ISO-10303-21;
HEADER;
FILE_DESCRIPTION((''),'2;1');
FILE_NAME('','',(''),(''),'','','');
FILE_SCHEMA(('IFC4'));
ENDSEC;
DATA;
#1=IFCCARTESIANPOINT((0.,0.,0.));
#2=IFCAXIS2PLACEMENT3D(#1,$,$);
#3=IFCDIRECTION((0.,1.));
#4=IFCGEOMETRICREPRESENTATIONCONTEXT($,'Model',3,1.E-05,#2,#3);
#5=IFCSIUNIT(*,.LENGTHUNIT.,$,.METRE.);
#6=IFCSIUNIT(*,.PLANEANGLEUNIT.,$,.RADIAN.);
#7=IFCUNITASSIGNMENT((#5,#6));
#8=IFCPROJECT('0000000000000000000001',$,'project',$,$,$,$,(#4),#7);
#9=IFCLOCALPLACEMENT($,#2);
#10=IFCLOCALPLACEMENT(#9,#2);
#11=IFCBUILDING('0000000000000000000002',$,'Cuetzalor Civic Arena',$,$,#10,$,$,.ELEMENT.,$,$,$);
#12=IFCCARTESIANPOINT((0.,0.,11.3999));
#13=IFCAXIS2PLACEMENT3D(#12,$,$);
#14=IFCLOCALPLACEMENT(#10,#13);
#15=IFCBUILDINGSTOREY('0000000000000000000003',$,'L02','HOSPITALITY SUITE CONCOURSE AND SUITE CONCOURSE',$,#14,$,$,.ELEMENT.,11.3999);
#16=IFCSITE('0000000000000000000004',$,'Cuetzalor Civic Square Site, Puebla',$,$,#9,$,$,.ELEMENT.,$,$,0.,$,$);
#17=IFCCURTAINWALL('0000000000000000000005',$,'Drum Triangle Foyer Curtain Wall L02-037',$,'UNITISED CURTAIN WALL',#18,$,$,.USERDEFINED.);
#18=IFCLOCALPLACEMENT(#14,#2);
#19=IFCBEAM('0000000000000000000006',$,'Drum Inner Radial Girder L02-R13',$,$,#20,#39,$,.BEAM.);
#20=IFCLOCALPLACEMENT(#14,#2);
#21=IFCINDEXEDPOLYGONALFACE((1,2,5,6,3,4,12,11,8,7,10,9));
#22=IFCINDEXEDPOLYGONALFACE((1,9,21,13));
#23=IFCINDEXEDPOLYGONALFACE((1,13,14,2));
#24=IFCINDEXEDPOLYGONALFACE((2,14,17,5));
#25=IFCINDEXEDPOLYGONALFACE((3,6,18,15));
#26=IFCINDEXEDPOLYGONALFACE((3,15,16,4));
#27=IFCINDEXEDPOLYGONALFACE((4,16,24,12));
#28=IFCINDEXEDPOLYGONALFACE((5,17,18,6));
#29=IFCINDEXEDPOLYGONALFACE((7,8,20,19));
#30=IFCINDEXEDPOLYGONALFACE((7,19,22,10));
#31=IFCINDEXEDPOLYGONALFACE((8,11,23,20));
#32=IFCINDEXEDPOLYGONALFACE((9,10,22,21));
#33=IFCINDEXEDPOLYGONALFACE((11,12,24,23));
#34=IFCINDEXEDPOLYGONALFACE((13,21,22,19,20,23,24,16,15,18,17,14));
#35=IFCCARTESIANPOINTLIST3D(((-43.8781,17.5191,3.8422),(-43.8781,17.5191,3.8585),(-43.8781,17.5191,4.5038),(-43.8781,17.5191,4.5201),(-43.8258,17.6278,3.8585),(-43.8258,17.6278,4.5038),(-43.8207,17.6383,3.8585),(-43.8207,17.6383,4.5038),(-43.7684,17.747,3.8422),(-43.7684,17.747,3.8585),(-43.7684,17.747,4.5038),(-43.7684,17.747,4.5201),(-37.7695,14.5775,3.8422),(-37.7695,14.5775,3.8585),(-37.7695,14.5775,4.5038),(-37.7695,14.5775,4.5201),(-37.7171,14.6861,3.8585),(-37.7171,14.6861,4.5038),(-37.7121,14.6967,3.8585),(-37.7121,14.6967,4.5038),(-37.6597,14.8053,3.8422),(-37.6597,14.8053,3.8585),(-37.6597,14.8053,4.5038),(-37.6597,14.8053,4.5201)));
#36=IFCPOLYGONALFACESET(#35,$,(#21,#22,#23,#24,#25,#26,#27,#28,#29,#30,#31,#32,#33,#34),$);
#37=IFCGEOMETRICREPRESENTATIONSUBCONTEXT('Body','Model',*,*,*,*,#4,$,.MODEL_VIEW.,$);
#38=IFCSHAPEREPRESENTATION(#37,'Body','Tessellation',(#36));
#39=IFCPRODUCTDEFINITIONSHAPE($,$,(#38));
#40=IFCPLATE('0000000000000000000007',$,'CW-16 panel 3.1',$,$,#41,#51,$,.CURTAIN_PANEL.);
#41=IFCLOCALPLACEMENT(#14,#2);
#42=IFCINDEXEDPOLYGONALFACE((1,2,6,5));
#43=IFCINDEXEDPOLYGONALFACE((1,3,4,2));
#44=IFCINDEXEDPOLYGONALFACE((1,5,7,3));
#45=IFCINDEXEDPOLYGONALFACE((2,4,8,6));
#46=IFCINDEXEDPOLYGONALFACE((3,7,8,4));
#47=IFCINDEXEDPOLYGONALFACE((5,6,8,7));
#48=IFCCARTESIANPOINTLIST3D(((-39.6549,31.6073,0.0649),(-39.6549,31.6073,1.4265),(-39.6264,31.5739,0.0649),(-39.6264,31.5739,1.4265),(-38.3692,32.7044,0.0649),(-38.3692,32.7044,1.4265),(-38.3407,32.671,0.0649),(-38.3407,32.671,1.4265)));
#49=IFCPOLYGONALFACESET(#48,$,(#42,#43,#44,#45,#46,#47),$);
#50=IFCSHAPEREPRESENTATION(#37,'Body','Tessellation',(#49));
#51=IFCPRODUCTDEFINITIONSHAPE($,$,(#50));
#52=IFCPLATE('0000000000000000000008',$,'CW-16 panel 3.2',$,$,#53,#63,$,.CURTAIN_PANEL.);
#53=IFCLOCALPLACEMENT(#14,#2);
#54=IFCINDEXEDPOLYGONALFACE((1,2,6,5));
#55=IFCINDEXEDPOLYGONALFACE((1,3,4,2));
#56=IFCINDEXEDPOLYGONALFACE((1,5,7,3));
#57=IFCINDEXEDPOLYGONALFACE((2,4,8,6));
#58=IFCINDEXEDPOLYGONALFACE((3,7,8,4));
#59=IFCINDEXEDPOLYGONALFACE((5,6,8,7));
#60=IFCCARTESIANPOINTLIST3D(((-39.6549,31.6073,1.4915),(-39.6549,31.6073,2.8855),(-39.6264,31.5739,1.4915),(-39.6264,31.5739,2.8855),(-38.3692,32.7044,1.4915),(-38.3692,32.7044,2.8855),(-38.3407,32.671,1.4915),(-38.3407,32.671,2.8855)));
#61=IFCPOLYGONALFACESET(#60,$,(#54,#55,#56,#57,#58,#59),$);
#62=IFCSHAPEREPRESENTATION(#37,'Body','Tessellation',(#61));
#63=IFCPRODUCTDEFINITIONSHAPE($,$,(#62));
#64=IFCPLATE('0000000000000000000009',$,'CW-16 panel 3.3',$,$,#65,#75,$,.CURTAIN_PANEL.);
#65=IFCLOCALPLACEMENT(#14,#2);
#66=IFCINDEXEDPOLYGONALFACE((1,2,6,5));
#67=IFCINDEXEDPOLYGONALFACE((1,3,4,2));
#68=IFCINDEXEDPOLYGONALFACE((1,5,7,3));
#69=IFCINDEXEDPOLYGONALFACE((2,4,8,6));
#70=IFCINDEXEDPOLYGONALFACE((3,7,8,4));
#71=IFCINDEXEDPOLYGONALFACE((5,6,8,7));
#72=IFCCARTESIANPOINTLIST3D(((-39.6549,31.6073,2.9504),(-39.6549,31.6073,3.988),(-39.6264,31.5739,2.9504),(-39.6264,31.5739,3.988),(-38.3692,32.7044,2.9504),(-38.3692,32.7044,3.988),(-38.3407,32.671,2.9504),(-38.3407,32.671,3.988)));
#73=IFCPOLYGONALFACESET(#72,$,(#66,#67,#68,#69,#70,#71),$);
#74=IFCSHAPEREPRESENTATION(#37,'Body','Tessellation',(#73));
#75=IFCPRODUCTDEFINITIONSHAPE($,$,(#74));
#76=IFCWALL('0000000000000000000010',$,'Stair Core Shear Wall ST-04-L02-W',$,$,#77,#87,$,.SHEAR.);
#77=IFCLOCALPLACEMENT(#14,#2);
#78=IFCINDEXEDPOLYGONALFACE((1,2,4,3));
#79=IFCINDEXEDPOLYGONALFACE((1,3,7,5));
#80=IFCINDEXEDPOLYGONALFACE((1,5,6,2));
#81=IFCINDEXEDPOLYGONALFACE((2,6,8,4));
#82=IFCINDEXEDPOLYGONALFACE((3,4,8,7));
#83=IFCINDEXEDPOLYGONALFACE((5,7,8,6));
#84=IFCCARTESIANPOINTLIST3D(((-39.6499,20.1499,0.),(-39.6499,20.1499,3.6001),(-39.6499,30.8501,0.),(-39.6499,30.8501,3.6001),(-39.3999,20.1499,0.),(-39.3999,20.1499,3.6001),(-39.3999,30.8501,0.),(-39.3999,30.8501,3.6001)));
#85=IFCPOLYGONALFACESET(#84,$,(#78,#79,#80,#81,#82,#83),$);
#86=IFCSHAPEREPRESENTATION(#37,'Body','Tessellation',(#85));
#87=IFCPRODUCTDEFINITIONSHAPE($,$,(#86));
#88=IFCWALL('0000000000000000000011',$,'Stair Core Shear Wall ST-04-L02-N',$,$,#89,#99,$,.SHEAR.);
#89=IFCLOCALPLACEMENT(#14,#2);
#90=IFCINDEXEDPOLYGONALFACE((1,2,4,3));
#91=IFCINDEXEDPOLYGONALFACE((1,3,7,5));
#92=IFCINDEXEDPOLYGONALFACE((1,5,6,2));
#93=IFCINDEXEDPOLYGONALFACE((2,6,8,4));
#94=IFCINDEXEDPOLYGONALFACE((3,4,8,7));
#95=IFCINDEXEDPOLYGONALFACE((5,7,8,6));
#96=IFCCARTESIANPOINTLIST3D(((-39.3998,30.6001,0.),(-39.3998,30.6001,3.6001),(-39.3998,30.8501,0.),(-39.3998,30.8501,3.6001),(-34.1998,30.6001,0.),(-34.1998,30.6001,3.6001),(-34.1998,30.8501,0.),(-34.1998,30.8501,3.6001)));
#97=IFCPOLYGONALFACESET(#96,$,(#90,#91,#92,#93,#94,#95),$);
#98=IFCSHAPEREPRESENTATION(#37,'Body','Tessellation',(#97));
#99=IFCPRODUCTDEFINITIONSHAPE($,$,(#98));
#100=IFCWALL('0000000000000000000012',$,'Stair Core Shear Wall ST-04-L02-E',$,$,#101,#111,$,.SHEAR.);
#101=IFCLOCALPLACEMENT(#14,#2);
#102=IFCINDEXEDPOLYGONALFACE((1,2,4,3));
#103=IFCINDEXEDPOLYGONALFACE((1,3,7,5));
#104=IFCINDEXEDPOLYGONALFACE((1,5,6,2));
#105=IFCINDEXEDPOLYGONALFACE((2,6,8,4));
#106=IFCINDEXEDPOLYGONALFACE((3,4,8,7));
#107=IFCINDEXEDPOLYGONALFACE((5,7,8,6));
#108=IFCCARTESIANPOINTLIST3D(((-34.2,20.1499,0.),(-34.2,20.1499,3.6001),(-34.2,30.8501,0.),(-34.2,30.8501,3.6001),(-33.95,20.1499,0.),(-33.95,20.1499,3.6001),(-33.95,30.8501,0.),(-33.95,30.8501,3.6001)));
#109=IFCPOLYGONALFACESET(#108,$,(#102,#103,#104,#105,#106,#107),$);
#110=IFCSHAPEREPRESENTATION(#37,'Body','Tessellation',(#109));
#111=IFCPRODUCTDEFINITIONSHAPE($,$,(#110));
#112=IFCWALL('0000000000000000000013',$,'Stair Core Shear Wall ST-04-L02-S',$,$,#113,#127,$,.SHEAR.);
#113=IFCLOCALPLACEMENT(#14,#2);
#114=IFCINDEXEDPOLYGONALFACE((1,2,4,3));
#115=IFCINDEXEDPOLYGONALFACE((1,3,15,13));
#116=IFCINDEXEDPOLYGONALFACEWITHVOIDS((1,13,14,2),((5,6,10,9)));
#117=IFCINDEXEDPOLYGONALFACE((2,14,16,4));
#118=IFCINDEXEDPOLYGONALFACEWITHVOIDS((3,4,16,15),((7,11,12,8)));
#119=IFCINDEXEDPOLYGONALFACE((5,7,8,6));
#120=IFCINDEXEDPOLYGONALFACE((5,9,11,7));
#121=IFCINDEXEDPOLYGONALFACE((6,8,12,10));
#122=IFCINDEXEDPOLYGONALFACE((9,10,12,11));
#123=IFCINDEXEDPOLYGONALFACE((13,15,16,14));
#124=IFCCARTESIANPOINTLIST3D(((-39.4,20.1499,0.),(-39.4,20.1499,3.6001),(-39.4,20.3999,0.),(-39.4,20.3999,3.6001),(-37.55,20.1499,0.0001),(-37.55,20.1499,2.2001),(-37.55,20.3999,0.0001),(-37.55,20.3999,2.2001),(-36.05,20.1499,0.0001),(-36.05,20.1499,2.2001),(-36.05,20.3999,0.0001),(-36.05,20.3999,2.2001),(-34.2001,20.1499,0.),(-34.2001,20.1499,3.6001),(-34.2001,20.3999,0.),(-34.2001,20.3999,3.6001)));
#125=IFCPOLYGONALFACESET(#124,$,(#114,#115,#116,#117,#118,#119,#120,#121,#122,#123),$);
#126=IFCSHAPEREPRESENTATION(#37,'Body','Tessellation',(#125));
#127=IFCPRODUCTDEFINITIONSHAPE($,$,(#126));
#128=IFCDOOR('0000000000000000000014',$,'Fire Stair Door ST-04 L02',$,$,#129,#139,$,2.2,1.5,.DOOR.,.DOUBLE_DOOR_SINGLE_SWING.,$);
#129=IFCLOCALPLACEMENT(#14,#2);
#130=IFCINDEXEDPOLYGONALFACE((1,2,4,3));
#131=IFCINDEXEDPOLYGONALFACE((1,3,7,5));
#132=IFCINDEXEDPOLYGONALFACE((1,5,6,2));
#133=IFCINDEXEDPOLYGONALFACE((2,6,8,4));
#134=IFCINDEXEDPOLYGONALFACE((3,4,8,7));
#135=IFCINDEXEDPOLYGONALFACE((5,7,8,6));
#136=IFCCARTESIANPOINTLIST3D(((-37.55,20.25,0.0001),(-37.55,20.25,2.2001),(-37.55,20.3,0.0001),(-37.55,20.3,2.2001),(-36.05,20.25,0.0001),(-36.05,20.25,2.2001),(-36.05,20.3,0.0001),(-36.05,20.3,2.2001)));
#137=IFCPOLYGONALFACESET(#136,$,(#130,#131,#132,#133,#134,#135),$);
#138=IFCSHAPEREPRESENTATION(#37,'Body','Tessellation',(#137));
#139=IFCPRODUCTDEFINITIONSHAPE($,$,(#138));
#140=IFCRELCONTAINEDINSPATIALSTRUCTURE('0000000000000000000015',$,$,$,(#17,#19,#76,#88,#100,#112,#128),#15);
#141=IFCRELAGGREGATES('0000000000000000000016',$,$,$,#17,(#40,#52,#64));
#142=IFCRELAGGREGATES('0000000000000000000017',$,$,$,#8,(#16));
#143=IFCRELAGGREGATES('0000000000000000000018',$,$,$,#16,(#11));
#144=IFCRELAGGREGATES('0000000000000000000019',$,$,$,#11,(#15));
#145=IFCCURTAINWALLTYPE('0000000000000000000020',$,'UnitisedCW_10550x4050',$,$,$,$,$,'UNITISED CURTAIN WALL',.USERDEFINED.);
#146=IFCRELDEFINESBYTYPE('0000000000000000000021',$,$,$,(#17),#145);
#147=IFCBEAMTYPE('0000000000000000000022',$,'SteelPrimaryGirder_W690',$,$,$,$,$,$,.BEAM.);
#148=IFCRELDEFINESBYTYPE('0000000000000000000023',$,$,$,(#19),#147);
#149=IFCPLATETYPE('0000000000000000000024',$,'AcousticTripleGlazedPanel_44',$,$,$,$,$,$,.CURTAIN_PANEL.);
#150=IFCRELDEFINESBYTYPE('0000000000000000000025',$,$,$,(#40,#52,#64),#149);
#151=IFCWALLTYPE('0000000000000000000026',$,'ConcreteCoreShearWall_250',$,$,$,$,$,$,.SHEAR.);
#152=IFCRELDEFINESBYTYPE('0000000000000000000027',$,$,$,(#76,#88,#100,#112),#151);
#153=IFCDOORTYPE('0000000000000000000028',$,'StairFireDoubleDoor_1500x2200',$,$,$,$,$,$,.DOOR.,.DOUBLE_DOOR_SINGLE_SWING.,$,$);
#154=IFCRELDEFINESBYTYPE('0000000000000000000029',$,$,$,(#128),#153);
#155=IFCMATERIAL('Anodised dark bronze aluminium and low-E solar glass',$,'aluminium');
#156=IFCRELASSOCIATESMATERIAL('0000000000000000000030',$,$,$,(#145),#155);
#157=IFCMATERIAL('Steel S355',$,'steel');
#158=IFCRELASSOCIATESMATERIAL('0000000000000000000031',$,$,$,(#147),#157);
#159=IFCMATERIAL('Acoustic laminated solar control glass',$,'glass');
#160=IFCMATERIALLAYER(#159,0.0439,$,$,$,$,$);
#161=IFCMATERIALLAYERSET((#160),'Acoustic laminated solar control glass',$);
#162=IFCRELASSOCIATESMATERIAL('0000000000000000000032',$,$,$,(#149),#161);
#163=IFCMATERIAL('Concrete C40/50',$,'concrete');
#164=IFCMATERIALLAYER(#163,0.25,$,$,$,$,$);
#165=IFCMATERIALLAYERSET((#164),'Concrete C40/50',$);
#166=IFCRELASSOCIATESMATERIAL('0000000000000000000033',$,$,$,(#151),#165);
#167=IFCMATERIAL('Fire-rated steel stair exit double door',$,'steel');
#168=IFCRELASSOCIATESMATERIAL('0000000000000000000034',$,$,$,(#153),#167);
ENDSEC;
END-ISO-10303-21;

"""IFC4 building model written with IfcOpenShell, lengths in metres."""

from ifc_helpers import new_model, si_unit, direction, frame, frame_2d, origin, origin_2d, place, context, subcontext, project, spatial, rectangle, i_section, extrude, material, layer, layer_set, material_profile, profile_set, type_object, element, fill, aggregate, save


model = new_model("IFC4")

# Units and contexts
model_context = context("Model", 3, precision=1e-05, world=origin(), true_north=direction((0.0, 1.0)))
body_context = subcontext(model_context, "Body", "Model", "MODEL_VIEW")
ifc_project = project(units=[si_unit("LENGTHUNIT", "METRE"), si_unit("PLANEANGLEUNIT", "RADIAN")], contexts=[model_context])

# Site, building, storey
site_placement = place(None, origin())
site = spatial("IfcSite", under=ifc_project, at=site_placement, Name="Cuetzalor Civic Square Site, Puebla", CompositionType="ELEMENT", RefElevation=0.0)
building_placement = place(site_placement, origin())
building = spatial("IfcBuilding", under=site, at=building_placement, Name="Cuetzalor Civic Arena", CompositionType="ELEMENT")
storey_placement = place(building_placement, frame((0.0, 0.0, 11.3999)))
storey = spatial("IfcBuildingStorey", under=building, at=storey_placement, Name="L02", Description="HOSPITALITY SUITE CONCOURSE AND SUITE CONCOURSE", CompositionType="ELEMENT", Elevation=11.3999)

# Curtain wall
ifc_material_1 = material(Name="Anodised dark bronze aluminium and low-E solar glass", Category="aluminium")
curtain_wall_type = type_object("IfcCurtainWallType", Name="UnitisedCW_10550x4050", ElementType="UNITISED CURTAIN WALL", PredefinedType="USERDEFINED", material=ifc_material_1)
curtain_wall_placement = place(storey_placement, origin())
curtain_wall = element("IfcCurtainWall", 1, at=curtain_wall_placement, inside=storey, type_object=curtain_wall_type, Name="Drum Triangle Foyer Curtain Wall L02-037", ObjectType="UNITISED CURTAIN WALL", PredefinedType="USERDEFINED")

# Beam
ifc_material_2 = material(Name="Steel S355", Category="steel")
ifc_material_profile_1 = material_profile(ifc_material_2, i_section(OverallWidth=0.2529, OverallDepth=0.678, WebThickness=0.0117, FlangeThickness=0.0164, at=origin_2d()), Name="W690x125")
ifc_profile_set_1 = profile_set([ifc_material_profile_1], Name="Steel S355")
beam_type_1 = type_object("IfcBeamType", Name="SteelPrimaryGirder_W690", PredefinedType="BEAM", material=ifc_profile_set_1)
beam_1_placement = place(storey_placement, frame((-37.7146, 14.6914, 4.1812), z_axis=(-0.900976, 0.43387, 0.0), x_axis=(-0.43387, -0.900976, 0.0)))
element("IfcBeam", 2, at=beam_1_placement, inside=storey, type_object=beam_type_1, Name="Drum Inner Radial Girder L02-R13", PredefinedType="BEAM", context=body_context, shape_type="SweptSolid", body=[
    extrude(i_section(OverallWidth=0.2529, OverallDepth=0.678, WebThickness=0.0117, FlangeThickness=0.0164, at=origin_2d()), origin(), (0.0, 0.0, 1.0), 6.78),
])

# Plates
ifc_material_3 = material(Name="Acoustic laminated solar control glass", Category="glass")
ifc_layer_1 = layer(ifc_material_3, 0.0439)
ifc_layer_set_1 = layer_set([ifc_layer_1], Name="Acoustic laminated solar control glass")
plate_type = type_object("IfcPlateType", Name="AcousticTripleGlazedPanel_44", PredefinedType="CURTAIN_PANEL", material=ifc_layer_set_1)
plate_1_placement = place(storey_placement, frame((-38.9978, 32.1392, 0.0649), z_axis=(0.0, 0.0, 1.0), x_axis=(0.760677, 0.64913, 0.0)))
plate_1 = element("IfcPlate", 3, at=plate_1_placement, type_object=plate_type, Name="CW-16 panel 3.1", PredefinedType="CURTAIN_PANEL", context=body_context, shape_type="SweptSolid", body=[
    extrude(rectangle(XDim=1.6902, YDim=0.0439, at=origin_2d()), origin(), (0.0, 0.0, 1.0), 1.3616),
])
plate_2_placement = place(storey_placement, frame((-38.9978, 32.1392, 1.4915), z_axis=(0.0, 0.0, 1.0), x_axis=(0.760677, 0.64913, 0.0)))
plate_2 = element("IfcPlate", 4, at=plate_2_placement, type_object=plate_type, Name="CW-16 panel 3.2", PredefinedType="CURTAIN_PANEL", context=body_context, shape_type="SweptSolid", body=[
    extrude(rectangle(XDim=1.6902, YDim=0.0439, at=origin_2d()), origin(), (0.0, 0.0, 1.0), 1.394),
])
plate_3_placement = place(storey_placement, frame((-38.9978, 32.1392, 2.9504), z_axis=(0.0, 0.0, 1.0), x_axis=(0.760677, 0.64913, 0.0)))
plate_3 = element("IfcPlate", 5, at=plate_3_placement, type_object=plate_type, Name="CW-16 panel 3.3", PredefinedType="CURTAIN_PANEL", context=body_context, shape_type="SweptSolid", body=[
    extrude(rectangle(XDim=1.6902, YDim=0.0439, at=origin_2d()), origin(), (0.0, 0.0, 1.0), 1.0376),
])
aggregate(curtain_wall, [plate_1, plate_2, plate_3])

# Walls
ifc_material_4 = material(Name="Concrete C40/50", Category="concrete")
ifc_layer_2 = layer(ifc_material_4, 0.25)
ifc_layer_set_2 = layer_set([ifc_layer_2], Name="Concrete C40/50")
wall_type = type_object("IfcWallType", Name="ConcreteCoreShearWall_250", PredefinedType="SHEAR", material=ifc_layer_set_2)
wall_1_placement = place(storey_placement, frame((-39.5249, 20.1499, 0.0), z_axis=(0.0, 0.0, 1.0), x_axis=(0.0, 1.0, 0.0)))
element("IfcWall", 6, at=wall_1_placement, inside=storey, type_object=wall_type, Name="Stair Core Shear Wall ST-04-L02-W", PredefinedType="SHEAR", context=body_context, shape_type="SweptSolid", body=[
    extrude(rectangle(XDim=10.7002, YDim=0.25, at=frame_2d((5.3501, 0.0))), origin(), (0.0, 0.0, 1.0), 3.6001),
])
wall_2_placement = place(storey_placement, frame((-39.3999, 30.7251, 0.0), z_axis=(0.0, 0.0, 1.0), x_axis=(1.0, 0.0, 0.0)))
element("IfcWall", 7, at=wall_2_placement, inside=storey, type_object=wall_type, Name="Stair Core Shear Wall ST-04-L02-N", PredefinedType="SHEAR", context=body_context, shape_type="SweptSolid", body=[
    extrude(rectangle(XDim=5.2, YDim=0.25, at=frame_2d((2.6001, 0.0))), origin(), (0.0, 0.0, 1.0), 3.6001),
])
wall_3_placement = place(storey_placement, frame((-34.075, 30.8501, 0.0), z_axis=(0.0, 0.0, 1.0), x_axis=(0.0, -1.0, 0.0)))
element("IfcWall", 8, at=wall_3_placement, inside=storey, type_object=wall_type, Name="Stair Core Shear Wall ST-04-L02-E", PredefinedType="SHEAR", context=body_context, shape_type="SweptSolid", body=[
    extrude(rectangle(XDim=10.7002, YDim=0.25, at=frame_2d((5.3501, 0.0))), origin(), (0.0, 0.0, 1.0), 3.6001),
])

# Wall, opening, door
wall_4_placement = place(storey_placement, frame((-34.2, 20.2749, 0.0), z_axis=(0.0, 0.0, 1.0), x_axis=(-1.0, 0.0, 0.0)))
wall_4 = element("IfcWall", 9, at=wall_4_placement, inside=storey, type_object=wall_type, Name="Stair Core Shear Wall ST-04-L02-S", PredefinedType="SHEAR", context=body_context, shape_type="SweptSolid", body=[
    extrude(rectangle(XDim=5.2, YDim=0.25, at=frame_2d((2.6001, 0.0))), origin(), (0.0, 0.0, 1.0), 3.6001),
])
opening_placement = place(wall_4_placement, frame((1.8501, 0.0, 0.0)))
opening = element("IfcOpeningElement", 10, at=opening_placement, cuts=wall_4, PredefinedType="OPENING", context=body_context, shape_type="SweptSolid", body=[
    extrude(rectangle(XDim=1.5, YDim=2.2, at=frame_2d((0.75, 1.1001))), frame((0.0, 0.135, 0.0), z_axis=(0.0, -1.0, 0.0), x_axis=(1.0, 0.0, 0.0)), (0.0, 0.0, 1.0), 0.27),
])
ifc_material_5 = material(Name="Fire-rated steel stair exit double door", Category="steel")
door_type = type_object("IfcDoorType", Name="StairFireDoubleDoor_1500x2200", OperationType="DOUBLE_DOOR_SINGLE_SWING", PredefinedType="DOOR", material=ifc_material_5)
door_placement = place(opening_placement, origin())
door = element("IfcDoor", 11, at=door_placement, inside=storey, type_object=door_type, Name="Fire Stair Door ST-04 L02", OperationType="DOUBLE_DOOR_SINGLE_SWING", OverallHeight=2.2, OverallWidth=1.5, PredefinedType="DOOR", context=body_context, shape_type="SweptSolid", body=[
    extrude(rectangle(XDim=1.5, YDim=2.2, at=frame_2d((0.75, 1.1001))), frame((0.0, 0.0249, 0.0), z_axis=(0.0, -1.0, 0.0), x_axis=(1.0, 0.0, 0.0)), (0.0, 0.0, 1.0), 0.05),
])
fill(opening, door)

save(model, "model.ifc")
